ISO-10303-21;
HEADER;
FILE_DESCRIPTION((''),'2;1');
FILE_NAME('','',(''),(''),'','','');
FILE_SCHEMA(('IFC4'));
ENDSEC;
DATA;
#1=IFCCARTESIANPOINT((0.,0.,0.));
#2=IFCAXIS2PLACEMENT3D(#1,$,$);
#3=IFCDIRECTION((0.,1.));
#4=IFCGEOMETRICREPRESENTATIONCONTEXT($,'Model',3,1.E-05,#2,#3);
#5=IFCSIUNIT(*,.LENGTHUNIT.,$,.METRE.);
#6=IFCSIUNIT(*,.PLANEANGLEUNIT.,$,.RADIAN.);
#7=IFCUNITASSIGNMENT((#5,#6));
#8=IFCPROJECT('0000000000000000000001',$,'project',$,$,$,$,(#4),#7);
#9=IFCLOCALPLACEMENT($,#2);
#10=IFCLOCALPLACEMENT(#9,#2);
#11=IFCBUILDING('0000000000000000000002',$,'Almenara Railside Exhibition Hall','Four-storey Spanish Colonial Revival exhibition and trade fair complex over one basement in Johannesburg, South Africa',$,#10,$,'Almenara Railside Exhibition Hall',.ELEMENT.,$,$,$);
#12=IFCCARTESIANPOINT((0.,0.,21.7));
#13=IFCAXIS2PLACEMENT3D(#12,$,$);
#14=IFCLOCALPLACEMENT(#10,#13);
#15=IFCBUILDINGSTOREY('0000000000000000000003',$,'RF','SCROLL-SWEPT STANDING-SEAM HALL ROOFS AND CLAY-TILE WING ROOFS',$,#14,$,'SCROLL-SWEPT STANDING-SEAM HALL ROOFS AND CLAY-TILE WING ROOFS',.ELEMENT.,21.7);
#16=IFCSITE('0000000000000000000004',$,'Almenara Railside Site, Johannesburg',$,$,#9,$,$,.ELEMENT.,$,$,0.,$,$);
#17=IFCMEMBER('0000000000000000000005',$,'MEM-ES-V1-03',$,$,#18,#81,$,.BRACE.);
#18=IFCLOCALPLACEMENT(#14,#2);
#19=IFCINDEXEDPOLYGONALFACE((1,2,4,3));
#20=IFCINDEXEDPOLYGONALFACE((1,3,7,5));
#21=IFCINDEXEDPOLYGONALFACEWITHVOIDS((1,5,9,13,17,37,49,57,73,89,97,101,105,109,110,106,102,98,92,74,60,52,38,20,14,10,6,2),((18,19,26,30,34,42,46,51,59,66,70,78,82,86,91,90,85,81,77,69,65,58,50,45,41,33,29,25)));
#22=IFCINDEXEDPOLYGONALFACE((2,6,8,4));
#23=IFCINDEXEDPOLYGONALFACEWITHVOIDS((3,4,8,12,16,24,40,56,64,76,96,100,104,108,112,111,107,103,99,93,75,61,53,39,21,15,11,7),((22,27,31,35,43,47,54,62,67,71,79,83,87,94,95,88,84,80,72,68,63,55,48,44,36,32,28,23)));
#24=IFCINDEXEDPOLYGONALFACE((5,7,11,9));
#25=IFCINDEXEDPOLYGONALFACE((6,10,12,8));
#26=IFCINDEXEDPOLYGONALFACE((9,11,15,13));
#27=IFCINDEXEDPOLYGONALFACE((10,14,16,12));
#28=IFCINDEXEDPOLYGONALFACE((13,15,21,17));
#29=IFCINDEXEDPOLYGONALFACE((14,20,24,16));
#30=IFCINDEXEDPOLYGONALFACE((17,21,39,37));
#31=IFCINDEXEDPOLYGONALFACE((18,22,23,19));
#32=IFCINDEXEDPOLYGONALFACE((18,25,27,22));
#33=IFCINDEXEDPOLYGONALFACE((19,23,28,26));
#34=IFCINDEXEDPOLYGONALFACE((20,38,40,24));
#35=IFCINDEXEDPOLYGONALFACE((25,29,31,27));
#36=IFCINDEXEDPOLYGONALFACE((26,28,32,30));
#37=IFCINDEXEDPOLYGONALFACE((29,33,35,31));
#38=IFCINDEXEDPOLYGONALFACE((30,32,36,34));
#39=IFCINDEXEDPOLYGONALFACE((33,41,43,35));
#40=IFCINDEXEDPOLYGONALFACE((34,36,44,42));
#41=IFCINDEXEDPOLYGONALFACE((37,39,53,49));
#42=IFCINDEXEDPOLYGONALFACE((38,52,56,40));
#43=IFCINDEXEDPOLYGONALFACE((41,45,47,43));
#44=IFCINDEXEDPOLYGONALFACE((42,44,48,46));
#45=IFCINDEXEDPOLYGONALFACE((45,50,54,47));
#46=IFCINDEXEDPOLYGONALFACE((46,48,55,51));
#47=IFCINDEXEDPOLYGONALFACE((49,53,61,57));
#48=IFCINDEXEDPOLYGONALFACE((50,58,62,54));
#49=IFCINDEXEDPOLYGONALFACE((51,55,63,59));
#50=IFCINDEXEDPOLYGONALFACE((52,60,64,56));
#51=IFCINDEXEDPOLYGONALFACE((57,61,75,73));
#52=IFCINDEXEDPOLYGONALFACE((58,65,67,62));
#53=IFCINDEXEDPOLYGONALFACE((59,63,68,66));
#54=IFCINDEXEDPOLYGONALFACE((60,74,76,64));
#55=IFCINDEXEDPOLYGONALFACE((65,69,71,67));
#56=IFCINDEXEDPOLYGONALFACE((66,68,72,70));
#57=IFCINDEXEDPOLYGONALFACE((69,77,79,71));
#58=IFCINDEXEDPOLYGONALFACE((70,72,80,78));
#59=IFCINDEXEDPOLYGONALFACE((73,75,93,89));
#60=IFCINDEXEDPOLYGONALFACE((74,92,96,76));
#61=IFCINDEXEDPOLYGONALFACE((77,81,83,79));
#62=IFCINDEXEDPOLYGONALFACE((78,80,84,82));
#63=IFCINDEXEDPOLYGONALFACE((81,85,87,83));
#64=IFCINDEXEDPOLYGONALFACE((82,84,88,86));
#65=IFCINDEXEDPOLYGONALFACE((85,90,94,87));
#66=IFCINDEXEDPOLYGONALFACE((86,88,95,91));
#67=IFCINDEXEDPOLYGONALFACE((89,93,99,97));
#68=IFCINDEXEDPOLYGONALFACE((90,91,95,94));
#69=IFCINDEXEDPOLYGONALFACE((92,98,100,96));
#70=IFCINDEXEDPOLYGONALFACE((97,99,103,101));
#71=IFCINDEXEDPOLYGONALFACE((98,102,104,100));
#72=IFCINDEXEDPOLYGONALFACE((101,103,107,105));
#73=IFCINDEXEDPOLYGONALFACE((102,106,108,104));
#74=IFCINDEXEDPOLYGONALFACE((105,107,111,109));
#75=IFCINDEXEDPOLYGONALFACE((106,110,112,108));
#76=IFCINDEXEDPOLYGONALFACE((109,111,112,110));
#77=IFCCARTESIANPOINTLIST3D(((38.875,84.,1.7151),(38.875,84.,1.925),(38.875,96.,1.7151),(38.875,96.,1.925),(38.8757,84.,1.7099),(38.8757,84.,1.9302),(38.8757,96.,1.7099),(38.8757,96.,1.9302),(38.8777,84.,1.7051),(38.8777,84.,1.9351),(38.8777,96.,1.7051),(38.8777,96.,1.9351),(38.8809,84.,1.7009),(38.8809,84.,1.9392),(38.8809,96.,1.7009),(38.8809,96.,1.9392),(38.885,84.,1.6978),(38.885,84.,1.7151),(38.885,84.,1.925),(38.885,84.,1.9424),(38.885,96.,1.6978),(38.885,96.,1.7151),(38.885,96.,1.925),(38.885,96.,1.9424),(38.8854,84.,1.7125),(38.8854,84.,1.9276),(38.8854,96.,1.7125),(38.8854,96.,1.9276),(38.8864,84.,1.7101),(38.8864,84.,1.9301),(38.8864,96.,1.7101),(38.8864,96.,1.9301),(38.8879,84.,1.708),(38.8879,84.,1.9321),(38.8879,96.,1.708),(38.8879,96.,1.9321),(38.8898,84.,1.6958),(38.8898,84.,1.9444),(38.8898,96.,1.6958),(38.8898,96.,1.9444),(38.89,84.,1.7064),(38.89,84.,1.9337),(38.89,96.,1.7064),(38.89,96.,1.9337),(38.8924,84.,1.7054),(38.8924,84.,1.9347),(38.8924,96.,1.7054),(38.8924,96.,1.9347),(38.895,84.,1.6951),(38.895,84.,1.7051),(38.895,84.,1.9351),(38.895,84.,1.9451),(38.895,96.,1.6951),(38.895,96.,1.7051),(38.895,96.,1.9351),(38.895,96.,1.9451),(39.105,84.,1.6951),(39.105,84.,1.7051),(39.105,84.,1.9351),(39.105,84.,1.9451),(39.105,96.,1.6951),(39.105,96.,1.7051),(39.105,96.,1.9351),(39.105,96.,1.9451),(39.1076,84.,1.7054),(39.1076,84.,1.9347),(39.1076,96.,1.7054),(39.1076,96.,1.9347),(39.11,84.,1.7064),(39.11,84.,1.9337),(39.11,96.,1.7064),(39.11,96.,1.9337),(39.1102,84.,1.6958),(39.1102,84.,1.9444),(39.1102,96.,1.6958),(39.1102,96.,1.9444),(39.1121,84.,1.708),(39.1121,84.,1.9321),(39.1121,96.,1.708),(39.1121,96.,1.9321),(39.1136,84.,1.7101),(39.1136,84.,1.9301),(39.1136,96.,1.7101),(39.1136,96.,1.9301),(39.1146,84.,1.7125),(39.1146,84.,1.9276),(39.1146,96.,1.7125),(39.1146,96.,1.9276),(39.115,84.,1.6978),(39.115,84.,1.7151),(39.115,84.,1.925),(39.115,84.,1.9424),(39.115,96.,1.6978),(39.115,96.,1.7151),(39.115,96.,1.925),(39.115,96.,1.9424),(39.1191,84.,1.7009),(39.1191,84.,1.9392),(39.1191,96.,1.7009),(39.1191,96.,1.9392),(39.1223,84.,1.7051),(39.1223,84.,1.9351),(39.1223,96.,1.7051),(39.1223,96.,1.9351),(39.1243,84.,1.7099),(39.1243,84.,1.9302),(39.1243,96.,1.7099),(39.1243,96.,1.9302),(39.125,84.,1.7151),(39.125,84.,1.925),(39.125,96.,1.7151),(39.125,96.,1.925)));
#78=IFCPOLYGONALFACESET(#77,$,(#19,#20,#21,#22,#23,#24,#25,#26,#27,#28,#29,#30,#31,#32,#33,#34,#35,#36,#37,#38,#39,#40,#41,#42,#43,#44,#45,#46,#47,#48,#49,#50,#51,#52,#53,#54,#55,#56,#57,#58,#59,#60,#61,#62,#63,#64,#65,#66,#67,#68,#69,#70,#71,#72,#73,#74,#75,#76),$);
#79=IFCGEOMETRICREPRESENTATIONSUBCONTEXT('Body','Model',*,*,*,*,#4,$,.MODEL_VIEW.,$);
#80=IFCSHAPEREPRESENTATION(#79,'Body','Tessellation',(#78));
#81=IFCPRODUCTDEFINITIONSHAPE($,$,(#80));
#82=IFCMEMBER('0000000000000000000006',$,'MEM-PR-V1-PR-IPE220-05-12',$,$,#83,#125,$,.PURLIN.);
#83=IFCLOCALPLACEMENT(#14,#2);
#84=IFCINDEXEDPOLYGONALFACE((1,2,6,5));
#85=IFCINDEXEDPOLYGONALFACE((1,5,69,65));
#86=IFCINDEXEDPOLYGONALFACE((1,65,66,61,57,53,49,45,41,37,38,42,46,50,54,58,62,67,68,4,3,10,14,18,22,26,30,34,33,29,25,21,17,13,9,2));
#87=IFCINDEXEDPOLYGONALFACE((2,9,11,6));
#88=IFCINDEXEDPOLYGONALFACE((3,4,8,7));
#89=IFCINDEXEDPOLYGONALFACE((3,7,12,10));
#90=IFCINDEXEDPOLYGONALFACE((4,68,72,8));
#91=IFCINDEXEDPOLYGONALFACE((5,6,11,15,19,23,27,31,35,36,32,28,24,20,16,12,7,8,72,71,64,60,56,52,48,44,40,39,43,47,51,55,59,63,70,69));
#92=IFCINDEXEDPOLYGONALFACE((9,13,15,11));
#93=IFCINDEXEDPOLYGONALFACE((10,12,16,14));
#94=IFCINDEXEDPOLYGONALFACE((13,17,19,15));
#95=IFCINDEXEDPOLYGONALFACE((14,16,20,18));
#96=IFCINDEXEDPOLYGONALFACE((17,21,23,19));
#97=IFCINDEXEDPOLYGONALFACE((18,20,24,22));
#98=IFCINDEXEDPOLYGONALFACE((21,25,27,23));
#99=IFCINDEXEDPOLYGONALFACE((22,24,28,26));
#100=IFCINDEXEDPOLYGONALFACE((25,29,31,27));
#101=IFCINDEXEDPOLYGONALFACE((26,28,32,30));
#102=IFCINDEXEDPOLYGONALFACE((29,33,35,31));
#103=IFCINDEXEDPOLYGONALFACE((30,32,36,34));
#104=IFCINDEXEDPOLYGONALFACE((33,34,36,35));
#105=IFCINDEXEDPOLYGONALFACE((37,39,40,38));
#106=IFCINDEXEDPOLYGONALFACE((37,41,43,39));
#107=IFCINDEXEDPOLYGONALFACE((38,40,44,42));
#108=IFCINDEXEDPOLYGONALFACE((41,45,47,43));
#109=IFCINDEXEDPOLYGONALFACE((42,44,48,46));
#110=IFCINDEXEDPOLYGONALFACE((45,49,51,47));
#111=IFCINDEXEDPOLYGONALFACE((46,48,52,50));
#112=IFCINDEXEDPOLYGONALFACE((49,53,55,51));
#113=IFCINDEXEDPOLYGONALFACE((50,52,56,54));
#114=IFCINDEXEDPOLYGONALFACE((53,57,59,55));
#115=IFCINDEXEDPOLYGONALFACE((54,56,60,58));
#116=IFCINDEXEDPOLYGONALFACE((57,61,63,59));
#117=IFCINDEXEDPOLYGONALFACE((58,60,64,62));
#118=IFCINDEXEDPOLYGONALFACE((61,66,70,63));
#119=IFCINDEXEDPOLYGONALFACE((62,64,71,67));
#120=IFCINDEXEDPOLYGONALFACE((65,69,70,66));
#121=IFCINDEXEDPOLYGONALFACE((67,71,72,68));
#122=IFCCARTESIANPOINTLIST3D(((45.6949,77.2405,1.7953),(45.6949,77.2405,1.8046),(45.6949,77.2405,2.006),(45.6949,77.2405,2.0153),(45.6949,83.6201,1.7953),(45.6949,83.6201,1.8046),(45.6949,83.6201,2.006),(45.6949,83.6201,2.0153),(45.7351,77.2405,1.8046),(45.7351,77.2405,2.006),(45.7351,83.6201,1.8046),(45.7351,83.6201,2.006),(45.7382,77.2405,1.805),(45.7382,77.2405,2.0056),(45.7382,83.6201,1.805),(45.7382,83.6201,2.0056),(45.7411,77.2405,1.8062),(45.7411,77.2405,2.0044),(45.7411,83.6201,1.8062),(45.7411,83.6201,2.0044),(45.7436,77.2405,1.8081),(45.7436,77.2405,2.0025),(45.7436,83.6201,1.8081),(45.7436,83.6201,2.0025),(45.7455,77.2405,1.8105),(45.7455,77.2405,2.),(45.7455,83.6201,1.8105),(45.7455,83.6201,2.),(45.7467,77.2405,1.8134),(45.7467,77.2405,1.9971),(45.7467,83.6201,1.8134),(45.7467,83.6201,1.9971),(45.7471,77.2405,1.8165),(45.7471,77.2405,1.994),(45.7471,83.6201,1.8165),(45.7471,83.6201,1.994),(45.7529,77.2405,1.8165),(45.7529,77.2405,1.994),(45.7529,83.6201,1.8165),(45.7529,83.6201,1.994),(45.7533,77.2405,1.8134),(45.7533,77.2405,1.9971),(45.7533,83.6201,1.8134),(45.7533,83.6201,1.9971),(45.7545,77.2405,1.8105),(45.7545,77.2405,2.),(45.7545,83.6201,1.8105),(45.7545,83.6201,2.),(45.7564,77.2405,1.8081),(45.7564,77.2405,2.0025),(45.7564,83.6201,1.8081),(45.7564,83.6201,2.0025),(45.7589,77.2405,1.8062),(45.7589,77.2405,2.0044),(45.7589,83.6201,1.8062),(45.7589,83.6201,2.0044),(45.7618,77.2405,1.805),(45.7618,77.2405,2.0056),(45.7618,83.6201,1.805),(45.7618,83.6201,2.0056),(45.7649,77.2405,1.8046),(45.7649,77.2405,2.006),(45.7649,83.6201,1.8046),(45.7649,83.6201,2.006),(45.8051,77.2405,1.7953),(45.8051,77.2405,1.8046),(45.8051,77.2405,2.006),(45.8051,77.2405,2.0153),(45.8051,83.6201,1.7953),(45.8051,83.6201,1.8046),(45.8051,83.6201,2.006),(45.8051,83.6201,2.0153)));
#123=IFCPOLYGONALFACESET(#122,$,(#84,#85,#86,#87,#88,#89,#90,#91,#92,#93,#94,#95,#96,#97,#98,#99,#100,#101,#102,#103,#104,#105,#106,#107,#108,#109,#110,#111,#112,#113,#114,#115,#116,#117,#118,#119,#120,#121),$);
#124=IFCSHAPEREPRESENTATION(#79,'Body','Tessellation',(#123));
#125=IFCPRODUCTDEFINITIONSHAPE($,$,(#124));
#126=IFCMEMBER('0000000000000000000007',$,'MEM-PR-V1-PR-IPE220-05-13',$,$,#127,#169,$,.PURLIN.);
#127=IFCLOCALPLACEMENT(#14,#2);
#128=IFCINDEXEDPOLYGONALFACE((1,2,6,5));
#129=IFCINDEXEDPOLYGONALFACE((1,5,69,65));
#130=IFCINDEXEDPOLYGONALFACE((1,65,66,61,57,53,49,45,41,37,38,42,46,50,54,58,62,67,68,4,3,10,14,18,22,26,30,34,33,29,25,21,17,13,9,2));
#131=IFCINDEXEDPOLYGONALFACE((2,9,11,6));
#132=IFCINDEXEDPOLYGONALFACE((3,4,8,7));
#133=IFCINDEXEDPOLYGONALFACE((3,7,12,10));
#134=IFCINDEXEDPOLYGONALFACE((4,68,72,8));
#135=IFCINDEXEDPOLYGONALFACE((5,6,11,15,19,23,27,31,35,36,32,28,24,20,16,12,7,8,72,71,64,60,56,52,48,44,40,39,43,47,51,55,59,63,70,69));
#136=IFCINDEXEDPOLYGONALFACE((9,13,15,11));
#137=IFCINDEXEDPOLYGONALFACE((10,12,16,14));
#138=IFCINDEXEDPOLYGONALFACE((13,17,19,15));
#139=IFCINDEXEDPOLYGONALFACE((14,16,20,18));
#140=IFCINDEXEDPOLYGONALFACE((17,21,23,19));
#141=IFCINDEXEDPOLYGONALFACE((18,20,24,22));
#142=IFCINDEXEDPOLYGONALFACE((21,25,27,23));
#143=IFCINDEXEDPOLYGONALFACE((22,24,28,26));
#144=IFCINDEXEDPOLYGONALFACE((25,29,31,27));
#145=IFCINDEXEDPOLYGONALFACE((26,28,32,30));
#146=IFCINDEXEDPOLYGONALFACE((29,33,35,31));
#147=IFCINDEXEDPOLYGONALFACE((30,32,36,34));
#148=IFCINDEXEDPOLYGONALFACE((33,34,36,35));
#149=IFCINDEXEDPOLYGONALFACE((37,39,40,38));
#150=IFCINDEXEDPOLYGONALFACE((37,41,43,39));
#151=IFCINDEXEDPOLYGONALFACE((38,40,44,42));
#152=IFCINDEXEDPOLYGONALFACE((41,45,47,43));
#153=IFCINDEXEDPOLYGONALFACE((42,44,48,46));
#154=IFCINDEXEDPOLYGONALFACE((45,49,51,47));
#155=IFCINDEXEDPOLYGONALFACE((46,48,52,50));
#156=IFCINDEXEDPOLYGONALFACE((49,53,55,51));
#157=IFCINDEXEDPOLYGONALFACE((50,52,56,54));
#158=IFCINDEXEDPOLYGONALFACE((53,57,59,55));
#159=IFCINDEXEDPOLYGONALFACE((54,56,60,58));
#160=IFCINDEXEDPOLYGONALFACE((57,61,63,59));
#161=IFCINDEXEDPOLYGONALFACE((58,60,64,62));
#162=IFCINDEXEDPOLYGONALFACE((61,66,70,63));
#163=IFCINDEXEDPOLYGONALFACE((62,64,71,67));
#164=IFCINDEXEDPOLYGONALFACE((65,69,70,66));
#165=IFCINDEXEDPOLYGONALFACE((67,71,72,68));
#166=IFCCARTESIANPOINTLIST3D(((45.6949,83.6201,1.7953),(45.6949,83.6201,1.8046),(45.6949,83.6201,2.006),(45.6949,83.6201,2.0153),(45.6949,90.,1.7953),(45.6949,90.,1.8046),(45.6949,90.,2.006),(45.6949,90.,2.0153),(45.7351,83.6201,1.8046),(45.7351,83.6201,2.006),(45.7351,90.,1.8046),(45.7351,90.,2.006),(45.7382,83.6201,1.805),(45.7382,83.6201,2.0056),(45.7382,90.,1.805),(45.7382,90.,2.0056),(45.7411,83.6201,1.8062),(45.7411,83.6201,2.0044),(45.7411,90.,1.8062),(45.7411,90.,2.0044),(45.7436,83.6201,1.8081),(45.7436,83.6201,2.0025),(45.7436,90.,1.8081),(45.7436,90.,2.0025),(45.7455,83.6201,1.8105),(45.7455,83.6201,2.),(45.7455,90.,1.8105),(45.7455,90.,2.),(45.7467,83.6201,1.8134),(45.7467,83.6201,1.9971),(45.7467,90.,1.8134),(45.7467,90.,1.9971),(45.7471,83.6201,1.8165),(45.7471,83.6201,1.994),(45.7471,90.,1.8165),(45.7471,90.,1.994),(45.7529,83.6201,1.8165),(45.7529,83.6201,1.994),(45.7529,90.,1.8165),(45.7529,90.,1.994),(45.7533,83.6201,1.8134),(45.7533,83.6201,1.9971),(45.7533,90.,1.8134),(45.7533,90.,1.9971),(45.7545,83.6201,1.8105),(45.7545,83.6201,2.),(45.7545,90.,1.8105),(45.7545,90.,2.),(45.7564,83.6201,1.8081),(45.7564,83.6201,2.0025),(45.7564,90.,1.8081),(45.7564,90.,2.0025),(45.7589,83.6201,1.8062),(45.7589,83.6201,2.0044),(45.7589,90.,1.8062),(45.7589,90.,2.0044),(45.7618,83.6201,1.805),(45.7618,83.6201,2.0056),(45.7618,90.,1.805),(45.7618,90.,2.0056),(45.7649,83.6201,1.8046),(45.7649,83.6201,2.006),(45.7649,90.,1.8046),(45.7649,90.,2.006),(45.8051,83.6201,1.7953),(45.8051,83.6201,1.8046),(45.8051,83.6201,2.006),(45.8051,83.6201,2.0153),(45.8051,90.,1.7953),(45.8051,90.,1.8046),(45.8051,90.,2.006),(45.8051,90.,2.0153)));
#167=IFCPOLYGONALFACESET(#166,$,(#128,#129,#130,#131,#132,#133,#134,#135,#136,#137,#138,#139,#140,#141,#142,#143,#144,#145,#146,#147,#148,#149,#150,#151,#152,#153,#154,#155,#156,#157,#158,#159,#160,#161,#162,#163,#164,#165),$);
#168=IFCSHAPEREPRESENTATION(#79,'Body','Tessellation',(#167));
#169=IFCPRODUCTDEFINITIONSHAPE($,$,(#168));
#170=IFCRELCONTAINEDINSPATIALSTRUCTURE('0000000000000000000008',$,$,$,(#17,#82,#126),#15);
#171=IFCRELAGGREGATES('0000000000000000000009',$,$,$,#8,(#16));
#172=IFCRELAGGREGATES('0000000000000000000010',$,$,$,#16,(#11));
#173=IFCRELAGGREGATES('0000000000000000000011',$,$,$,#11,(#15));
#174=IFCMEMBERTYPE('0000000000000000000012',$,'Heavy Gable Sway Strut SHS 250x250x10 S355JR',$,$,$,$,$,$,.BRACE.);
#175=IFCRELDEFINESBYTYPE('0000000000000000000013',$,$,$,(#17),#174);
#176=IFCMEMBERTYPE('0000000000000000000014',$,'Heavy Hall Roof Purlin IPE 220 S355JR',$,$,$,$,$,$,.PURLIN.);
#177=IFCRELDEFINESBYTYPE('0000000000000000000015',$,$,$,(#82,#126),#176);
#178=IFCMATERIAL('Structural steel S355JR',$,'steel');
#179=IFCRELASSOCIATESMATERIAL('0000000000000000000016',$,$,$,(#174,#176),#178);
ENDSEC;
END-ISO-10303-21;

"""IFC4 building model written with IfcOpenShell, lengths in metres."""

from ifc_helpers import new_model, si_unit, direction, frame, origin, origin_2d, place, context, subcontext, project, spatial, hollow_rectangle, i_section, extrude, material, material_profile, profile_set, type_object, element, save


model = new_model("IFC4")

# Units and contexts
model_context = context("Model", 3, precision=1e-05, world=origin(), true_north=direction((0.0, 1.0)))
body_context = subcontext(model_context, "Body", "Model", "MODEL_VIEW")
ifc_project = project(units=[si_unit("LENGTHUNIT", "METRE"), si_unit("PLANEANGLEUNIT", "RADIAN")], contexts=[model_context])

# Site, building, storey
site_placement = place(None, origin())
site = spatial("IfcSite", under=ifc_project, at=site_placement, Name="Almenara Railside Site, Johannesburg", CompositionType="ELEMENT", RefElevation=0.0)
building_placement = place(site_placement, origin())
building = spatial("IfcBuilding", under=site, at=building_placement, Name="Almenara Railside Exhibition Hall", Description="Four-storey Spanish Colonial Revival exhibition and trade fair complex over one basement in Johannesburg, South Africa", LongName="Almenara Railside Exhibition Hall", CompositionType="ELEMENT")
storey_placement = place(building_placement, frame((0.0, 0.0, 21.7)))
storey = spatial("IfcBuildingStorey", under=building, at=storey_placement, Name="RF", Description="SCROLL-SWEPT STANDING-SEAM HALL ROOFS AND CLAY-TILE WING ROOFS", LongName="SCROLL-SWEPT STANDING-SEAM HALL ROOFS AND CLAY-TILE WING ROOFS", CompositionType="ELEMENT", Elevation=21.7)

# Members
ifc_material_1 = material(Name="Structural steel S355JR", Category="steel")
ifc_material_profile_1 = material_profile(ifc_material_1, hollow_rectangle(XDim=0.25, YDim=0.25, WallThickness=0.01, InnerFilletRadius=0.01, OuterFilletRadius=0.02, at=origin_2d()), Name="SHS 250x250x10")
ifc_profile_set_1 = profile_set([ifc_material_profile_1], Name="Structural steel S355JR")
member_type_1 = type_object("IfcMemberType", Name="Heavy Gable Sway Strut SHS 250x250x10 S355JR", PredefinedType="BRACE", material=ifc_profile_set_1)
member_1_placement = place(storey_placement, frame((39.0, 84.0, 1.8201), z_axis=(0.0, 1.0, 0.0), x_axis=(-1.0, 0.0, 0.0)))
element("IfcMember", 1, at=member_1_placement, inside=storey, type_object=member_type_1, Name="MEM-ES-V1-03", PredefinedType="BRACE", context=body_context, shape_type="SweptSolid", body=[
    extrude(hollow_rectangle(XDim=0.25, YDim=0.25, WallThickness=0.01, InnerFilletRadius=0.01, OuterFilletRadius=0.02, at=origin_2d()), origin(), (0.0, 0.0, 1.0), 12.0),
])
ifc_material_profile_2 = material_profile(ifc_material_1, i_section(OverallWidth=0.1101, OverallDepth=0.22, WebThickness=0.0059, FlangeThickness=0.0093, FilletRadius=0.012, at=origin_2d()), Name="IPE 220")
ifc_profile_set_2 = profile_set([ifc_material_profile_2], Name="Structural steel S355JR")
member_type_2 = type_object("IfcMemberType", Name="Heavy Hall Roof Purlin IPE 220 S355JR", PredefinedType="PURLIN", material=ifc_profile_set_2)
member_2_placement = place(storey_placement, frame((45.75, 77.2405, 1.9053), z_axis=(0.0, 1.0, 0.0), x_axis=(-1.0, 0.0, 0.0)))
element("IfcMember", 2, at=member_2_placement, inside=storey, type_object=member_type_2, Name="MEM-PR-V1-PR-IPE220-05-12", PredefinedType="PURLIN", context=body_context, shape_type="SweptSolid", body=[
    extrude(i_section(OverallWidth=0.1101, OverallDepth=0.22, WebThickness=0.0059, FlangeThickness=0.0093, FilletRadius=0.012, at=origin_2d()), origin(), (0.0, 0.0, 1.0), 6.3796),
])
for number, where, z_axis, x_axis, name in (
    (3, (45.75, 83.6201, 1.9053), (0.0, 1.0, 0.0), (-1.0, 0.0, 0.0), "MEM-PR-V1-PR-IPE220-05-13"),
):
    element("IfcMember", number, at=place(storey_placement, frame(where, z_axis=z_axis, x_axis=x_axis)), inside=storey, type_object=member_type_2, Name=name, PredefinedType="PURLIN", context=body_context, shape_type="SweptSolid", body=[
        extrude(i_section(OverallWidth=0.1101, OverallDepth=0.22, WebThickness=0.0059, FlangeThickness=0.0093, FilletRadius=0.012, at=origin_2d()), origin(), (0.0, 0.0, 1.0), 6.3799),
    ])

save(model, "model.ifc")
